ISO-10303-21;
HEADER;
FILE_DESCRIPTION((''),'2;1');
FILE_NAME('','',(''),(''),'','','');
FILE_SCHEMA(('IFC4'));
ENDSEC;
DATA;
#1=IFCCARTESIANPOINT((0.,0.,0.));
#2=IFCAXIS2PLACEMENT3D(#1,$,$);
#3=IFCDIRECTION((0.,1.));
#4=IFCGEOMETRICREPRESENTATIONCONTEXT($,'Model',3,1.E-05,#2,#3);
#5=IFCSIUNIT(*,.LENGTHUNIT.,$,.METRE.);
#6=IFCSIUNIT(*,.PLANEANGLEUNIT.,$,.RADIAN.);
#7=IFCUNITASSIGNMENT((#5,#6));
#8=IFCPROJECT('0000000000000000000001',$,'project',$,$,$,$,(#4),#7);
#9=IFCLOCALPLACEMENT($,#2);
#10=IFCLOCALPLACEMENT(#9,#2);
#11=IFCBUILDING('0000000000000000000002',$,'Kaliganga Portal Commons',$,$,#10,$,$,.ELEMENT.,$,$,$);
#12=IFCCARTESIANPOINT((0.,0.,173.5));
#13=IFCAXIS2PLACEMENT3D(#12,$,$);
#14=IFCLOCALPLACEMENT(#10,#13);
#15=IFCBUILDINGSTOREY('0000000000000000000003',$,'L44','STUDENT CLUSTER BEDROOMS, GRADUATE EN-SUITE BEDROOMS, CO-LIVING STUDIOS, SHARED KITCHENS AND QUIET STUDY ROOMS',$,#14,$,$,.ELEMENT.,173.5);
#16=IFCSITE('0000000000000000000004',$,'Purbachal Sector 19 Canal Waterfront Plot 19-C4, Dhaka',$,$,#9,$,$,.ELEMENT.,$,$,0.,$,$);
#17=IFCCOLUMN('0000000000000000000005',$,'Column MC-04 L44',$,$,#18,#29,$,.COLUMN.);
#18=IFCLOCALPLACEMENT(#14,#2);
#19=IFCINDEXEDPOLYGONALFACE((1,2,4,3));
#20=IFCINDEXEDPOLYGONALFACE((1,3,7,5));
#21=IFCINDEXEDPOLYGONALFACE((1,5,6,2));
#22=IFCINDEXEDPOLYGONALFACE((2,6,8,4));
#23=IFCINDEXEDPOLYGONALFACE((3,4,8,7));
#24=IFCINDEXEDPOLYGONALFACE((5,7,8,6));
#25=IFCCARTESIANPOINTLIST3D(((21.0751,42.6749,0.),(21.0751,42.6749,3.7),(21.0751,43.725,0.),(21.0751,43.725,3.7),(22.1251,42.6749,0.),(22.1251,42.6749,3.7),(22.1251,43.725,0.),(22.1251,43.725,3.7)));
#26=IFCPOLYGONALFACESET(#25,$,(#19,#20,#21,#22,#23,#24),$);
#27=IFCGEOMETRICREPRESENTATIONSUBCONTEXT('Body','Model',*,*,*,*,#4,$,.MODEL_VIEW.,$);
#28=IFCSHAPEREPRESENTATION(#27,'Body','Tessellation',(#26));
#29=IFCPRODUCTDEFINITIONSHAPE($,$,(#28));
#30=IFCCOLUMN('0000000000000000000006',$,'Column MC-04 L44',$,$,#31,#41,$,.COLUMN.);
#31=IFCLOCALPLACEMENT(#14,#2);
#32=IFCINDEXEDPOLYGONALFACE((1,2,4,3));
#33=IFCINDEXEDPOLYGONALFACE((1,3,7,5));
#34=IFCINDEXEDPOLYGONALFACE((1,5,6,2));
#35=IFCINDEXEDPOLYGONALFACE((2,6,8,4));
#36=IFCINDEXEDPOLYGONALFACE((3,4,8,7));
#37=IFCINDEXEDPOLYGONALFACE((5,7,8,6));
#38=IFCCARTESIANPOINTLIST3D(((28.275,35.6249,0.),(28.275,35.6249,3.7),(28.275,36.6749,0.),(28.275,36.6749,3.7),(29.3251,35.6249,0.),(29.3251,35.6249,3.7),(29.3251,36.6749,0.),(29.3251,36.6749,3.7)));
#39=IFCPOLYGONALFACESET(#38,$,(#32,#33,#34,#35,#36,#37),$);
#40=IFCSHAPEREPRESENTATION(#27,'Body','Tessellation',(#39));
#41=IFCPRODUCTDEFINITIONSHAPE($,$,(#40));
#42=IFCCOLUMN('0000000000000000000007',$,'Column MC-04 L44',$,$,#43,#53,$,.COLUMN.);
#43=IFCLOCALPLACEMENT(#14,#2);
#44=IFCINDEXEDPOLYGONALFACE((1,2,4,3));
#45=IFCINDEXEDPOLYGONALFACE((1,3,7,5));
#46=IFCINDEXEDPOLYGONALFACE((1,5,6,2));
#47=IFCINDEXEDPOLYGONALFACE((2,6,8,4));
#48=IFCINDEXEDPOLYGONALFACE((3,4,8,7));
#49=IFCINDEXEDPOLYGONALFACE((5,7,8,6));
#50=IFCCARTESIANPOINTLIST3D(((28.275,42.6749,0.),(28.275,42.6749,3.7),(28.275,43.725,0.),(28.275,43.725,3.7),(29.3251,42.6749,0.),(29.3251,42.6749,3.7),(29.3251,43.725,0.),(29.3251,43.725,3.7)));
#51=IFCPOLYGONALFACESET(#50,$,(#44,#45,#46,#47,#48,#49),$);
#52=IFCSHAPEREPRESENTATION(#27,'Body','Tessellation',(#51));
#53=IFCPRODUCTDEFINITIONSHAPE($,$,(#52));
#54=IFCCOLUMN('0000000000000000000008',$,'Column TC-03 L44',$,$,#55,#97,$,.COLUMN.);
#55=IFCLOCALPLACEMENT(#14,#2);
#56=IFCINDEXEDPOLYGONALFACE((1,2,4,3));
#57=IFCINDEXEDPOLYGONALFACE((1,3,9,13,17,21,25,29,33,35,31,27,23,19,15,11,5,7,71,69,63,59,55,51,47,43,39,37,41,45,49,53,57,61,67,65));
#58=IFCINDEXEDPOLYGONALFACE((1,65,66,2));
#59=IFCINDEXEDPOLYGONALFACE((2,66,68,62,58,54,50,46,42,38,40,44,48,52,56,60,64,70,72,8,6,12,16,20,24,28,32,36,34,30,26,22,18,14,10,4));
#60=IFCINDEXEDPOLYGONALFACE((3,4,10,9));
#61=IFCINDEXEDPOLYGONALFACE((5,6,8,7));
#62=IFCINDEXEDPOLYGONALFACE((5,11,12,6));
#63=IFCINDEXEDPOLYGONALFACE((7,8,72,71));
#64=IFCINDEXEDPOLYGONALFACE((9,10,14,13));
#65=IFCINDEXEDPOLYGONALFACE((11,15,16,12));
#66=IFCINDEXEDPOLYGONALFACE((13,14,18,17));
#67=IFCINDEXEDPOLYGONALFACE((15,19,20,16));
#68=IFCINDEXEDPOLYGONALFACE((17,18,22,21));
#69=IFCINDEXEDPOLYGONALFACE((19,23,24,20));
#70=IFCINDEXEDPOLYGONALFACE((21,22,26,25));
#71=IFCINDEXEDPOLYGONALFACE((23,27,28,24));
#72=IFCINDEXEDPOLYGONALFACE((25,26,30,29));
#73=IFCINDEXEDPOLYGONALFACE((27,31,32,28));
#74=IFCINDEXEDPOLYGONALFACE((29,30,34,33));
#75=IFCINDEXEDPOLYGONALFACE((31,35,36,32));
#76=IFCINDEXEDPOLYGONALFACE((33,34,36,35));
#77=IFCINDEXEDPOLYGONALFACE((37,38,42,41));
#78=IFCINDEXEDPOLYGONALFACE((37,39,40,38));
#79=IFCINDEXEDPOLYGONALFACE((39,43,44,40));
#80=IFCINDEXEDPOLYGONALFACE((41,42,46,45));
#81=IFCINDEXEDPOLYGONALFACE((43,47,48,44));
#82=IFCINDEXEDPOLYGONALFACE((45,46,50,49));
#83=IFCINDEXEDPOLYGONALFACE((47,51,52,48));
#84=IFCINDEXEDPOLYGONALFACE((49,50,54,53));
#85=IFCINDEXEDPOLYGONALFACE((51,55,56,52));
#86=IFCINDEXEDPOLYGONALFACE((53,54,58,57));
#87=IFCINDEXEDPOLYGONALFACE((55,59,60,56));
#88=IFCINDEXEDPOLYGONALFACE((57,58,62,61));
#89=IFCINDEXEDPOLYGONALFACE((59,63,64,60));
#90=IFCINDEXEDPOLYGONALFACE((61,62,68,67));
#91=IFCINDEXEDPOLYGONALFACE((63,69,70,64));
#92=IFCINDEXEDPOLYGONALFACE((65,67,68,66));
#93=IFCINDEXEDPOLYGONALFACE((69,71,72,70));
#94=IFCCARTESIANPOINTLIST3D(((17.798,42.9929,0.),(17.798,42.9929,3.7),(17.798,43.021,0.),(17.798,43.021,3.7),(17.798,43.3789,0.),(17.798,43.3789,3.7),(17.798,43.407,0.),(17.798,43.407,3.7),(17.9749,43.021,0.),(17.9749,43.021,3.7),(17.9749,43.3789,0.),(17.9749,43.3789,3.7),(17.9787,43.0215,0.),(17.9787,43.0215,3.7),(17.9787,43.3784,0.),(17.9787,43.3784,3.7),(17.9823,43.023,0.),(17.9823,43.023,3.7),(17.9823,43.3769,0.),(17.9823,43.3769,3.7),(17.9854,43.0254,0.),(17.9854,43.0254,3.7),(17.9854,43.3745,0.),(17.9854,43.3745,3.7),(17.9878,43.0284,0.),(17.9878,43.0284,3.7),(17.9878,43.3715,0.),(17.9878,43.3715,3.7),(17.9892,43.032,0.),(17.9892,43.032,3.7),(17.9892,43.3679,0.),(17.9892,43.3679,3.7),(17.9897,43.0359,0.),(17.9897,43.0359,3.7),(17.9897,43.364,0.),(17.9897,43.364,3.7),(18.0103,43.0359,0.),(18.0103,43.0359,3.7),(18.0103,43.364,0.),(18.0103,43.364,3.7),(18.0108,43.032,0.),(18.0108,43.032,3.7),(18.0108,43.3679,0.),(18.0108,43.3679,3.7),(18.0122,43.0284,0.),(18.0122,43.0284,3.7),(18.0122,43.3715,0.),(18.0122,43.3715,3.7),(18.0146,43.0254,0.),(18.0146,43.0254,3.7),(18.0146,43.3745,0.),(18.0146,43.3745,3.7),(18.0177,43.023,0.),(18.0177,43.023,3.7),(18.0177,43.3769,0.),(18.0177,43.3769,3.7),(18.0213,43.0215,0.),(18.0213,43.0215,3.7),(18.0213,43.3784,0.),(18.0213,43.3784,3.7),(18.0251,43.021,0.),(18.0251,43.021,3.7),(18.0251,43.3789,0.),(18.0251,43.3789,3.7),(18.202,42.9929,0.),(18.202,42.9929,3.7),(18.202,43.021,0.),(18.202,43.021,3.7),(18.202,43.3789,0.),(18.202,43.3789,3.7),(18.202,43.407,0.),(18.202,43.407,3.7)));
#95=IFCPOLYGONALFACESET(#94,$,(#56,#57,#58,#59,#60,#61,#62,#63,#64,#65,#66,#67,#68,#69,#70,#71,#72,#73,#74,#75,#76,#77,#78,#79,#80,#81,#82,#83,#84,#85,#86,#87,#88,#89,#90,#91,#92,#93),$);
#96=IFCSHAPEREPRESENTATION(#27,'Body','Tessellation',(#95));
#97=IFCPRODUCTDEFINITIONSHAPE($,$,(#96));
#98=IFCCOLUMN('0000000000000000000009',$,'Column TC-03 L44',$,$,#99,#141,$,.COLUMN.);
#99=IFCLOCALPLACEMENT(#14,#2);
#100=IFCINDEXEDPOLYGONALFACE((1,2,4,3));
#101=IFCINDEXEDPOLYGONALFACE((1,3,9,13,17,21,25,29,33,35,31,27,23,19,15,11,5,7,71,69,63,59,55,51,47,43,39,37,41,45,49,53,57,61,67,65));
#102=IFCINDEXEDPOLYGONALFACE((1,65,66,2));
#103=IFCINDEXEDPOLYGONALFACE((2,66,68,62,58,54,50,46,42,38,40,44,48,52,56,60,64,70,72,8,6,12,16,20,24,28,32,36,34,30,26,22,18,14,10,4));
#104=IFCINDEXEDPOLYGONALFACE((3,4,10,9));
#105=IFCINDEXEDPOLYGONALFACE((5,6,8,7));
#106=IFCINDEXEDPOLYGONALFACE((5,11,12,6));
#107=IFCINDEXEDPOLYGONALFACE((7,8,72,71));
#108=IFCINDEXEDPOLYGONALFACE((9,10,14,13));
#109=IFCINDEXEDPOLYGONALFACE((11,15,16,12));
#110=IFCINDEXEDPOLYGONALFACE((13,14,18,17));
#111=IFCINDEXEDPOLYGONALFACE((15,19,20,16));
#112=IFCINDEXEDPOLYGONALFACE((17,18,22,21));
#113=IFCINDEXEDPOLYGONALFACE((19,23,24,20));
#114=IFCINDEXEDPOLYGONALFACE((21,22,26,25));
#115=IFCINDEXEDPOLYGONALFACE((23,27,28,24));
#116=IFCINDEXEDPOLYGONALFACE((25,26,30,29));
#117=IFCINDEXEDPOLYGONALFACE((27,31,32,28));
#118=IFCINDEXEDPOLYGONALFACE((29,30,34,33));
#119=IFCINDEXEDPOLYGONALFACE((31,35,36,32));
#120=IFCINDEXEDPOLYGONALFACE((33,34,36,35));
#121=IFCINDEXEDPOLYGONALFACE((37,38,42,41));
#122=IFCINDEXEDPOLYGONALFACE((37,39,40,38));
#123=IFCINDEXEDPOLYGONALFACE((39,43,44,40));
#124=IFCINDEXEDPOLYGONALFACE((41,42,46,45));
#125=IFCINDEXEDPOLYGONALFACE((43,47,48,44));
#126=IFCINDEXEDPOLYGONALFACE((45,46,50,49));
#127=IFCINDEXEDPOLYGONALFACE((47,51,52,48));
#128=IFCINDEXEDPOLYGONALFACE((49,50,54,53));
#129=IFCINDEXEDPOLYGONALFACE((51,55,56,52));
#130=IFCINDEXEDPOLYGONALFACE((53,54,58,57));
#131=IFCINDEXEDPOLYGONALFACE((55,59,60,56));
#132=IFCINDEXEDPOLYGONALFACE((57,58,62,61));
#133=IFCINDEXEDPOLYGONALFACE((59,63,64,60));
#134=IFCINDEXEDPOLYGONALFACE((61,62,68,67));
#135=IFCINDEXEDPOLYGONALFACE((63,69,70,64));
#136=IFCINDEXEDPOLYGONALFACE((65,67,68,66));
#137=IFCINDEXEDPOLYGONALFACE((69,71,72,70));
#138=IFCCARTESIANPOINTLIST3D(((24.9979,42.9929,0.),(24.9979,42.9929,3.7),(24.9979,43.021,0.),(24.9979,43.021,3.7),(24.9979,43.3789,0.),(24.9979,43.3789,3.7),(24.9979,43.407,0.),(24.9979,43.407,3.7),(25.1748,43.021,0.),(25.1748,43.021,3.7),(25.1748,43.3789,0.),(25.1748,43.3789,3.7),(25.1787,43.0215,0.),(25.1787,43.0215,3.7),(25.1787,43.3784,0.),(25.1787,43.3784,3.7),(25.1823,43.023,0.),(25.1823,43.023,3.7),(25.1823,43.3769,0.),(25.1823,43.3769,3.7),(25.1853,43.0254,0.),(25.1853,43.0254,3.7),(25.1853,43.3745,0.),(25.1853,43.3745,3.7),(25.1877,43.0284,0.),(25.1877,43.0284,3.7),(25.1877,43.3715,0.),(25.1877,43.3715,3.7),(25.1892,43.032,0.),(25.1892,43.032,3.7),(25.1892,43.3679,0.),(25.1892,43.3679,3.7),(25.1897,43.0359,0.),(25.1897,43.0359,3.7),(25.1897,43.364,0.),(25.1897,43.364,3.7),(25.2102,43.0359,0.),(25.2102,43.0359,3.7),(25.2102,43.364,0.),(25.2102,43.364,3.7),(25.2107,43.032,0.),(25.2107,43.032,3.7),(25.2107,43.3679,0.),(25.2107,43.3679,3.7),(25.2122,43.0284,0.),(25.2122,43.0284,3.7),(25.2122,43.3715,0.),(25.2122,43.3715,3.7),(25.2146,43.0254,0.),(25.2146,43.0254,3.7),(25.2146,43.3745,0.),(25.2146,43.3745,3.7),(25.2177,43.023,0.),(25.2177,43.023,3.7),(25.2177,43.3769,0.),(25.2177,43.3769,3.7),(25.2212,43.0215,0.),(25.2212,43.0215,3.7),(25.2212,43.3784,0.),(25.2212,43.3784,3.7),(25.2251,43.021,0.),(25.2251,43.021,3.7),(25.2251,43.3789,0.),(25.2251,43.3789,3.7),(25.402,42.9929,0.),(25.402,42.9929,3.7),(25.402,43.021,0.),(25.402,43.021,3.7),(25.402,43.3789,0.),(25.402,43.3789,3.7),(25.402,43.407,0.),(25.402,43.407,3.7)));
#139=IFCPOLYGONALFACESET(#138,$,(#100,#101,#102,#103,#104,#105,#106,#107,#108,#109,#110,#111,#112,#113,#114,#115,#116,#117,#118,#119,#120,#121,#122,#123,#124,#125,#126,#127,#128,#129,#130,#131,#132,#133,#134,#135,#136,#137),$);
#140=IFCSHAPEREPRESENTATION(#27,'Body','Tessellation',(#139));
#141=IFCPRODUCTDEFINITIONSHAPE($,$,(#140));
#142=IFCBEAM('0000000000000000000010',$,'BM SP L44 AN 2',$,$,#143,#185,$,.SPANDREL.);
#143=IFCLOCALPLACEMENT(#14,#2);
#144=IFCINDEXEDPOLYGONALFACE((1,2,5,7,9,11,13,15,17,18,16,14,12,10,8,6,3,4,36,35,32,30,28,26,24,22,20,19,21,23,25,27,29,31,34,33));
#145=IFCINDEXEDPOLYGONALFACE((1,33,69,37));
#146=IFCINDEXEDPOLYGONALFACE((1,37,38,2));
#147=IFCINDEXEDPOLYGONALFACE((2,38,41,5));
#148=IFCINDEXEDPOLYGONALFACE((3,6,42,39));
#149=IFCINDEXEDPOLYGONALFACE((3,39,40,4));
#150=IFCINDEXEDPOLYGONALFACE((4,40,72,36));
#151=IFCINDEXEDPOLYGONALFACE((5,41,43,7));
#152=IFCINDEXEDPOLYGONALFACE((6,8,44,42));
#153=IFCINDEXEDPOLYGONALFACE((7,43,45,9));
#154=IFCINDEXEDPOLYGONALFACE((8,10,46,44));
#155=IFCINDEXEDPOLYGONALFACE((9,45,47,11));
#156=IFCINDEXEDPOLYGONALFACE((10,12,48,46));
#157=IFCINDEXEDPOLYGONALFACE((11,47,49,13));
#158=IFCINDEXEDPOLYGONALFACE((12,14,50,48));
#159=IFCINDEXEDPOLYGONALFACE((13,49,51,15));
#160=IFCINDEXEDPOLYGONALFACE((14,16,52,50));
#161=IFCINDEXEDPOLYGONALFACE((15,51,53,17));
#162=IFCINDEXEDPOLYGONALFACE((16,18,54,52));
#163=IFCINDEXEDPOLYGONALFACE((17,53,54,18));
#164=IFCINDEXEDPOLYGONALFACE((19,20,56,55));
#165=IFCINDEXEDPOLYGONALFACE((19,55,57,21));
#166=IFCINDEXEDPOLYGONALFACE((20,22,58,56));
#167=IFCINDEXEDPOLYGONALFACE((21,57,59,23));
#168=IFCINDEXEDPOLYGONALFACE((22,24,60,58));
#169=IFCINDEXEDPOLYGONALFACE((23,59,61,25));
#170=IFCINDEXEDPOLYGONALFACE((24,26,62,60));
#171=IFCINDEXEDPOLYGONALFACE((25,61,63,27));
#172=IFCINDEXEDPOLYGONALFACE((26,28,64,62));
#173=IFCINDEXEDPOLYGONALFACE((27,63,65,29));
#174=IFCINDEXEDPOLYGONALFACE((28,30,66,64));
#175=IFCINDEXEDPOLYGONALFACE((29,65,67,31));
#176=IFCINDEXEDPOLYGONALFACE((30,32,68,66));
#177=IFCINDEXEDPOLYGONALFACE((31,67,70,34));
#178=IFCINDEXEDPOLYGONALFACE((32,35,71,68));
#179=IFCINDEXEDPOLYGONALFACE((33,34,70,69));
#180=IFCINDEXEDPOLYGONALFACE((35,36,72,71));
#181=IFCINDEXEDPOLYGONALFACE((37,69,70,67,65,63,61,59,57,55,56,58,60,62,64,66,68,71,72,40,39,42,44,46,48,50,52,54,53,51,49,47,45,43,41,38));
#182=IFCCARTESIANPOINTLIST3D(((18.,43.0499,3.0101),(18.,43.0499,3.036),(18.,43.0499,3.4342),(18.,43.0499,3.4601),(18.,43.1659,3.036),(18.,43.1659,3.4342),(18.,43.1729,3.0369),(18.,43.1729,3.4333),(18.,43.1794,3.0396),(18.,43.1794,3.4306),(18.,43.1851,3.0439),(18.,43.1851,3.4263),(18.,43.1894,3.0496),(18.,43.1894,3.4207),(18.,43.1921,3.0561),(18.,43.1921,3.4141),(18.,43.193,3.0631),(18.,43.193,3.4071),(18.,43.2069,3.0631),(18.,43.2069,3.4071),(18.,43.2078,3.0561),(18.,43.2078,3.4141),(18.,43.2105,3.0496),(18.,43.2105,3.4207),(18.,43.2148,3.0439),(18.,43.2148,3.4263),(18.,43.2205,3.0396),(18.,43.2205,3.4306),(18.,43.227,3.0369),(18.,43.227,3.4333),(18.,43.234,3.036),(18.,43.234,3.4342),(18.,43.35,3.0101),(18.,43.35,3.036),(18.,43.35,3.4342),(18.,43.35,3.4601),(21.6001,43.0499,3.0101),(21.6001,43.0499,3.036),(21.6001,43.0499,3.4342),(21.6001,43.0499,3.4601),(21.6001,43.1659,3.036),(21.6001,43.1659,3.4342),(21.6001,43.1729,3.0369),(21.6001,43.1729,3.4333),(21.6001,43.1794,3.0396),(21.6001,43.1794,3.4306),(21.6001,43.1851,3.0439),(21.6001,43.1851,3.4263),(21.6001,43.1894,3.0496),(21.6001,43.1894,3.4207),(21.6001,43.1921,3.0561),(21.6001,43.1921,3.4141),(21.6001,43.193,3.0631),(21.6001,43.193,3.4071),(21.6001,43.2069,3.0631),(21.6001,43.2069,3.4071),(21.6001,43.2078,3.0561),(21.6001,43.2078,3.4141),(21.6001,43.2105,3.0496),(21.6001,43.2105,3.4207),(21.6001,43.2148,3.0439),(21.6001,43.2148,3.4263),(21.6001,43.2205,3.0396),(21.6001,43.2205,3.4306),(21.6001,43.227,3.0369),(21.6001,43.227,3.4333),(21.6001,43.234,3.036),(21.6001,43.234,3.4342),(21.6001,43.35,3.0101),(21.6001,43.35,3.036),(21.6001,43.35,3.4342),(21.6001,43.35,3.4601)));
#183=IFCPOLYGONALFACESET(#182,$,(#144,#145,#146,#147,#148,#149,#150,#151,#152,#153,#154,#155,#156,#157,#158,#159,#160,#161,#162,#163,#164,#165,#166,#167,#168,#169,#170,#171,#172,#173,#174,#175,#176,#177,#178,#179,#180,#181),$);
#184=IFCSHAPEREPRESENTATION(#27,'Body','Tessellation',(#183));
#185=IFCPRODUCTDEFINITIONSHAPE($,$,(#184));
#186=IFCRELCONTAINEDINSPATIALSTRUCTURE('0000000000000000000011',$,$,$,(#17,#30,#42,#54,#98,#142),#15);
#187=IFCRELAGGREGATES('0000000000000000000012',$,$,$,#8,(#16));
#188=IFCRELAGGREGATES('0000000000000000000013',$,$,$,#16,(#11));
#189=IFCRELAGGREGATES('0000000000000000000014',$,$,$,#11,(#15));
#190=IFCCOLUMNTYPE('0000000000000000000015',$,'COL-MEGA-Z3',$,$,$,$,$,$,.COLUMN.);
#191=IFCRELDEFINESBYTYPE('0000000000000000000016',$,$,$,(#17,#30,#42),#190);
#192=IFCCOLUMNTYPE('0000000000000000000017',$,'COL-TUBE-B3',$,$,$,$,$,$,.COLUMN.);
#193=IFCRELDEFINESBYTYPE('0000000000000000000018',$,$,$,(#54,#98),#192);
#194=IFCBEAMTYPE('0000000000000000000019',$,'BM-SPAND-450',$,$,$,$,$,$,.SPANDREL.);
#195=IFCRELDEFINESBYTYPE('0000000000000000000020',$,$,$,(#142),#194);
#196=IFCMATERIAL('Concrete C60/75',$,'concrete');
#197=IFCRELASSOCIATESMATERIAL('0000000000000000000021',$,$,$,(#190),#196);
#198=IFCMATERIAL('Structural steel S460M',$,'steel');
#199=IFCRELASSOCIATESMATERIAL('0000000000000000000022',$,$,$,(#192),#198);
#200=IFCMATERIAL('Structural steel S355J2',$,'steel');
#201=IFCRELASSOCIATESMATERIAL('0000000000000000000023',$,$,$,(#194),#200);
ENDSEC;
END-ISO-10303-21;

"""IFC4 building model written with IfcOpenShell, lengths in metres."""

from ifc_helpers import new_model, si_unit, direction, frame, origin, origin_2d, place, context, subcontext, project, spatial, rectangle, i_section, extrude, source, transform, mapped, material, material_profile, profile_set, type_object, element, save


model = new_model("IFC4")

# Units and contexts
model_context = context("Model", 3, precision=1e-05, world=origin(), true_north=direction((0.0, 1.0)))
body_context = subcontext(model_context, "Body", "Model", "MODEL_VIEW")
ifc_project = project(units=[si_unit("LENGTHUNIT", "METRE"), si_unit("PLANEANGLEUNIT", "RADIAN")], contexts=[model_context])

# Site, building, storey
site_placement = place(None, origin())
site = spatial("IfcSite", under=ifc_project, at=site_placement, Name="Purbachal Sector 19 Canal Waterfront Plot 19-C4, Dhaka", CompositionType="ELEMENT", RefElevation=0.0)
building_placement = place(site_placement, origin())
building = spatial("IfcBuilding", under=site, at=building_placement, Name="Kaliganga Portal Commons", CompositionType="ELEMENT")
storey_placement = place(building_placement, frame((0.0, 0.0, 173.5)))
storey = spatial("IfcBuildingStorey", under=building, at=storey_placement, Name="L44", Description="STUDENT CLUSTER BEDROOMS, GRADUATE EN-SUITE BEDROOMS, CO-LIVING STUDIOS, SHARED KITCHENS AND QUIET STUDY ROOMS", CompositionType="ELEMENT", Elevation=173.5)

# Columns
ifc_material_1 = material(Name="Concrete C60/75", Category="concrete")
ifc_material_profile_1 = material_profile(ifc_material_1, rectangle(XDim=1.05, YDim=1.05, at=origin_2d()), Name="RC 1050x1050")
ifc_profile_set_1 = profile_set([ifc_material_profile_1], Name="Concrete C60/75")
column_type_1 = type_object("IfcColumnType", Name="COL-MEGA-Z3", PredefinedType="COLUMN", material=ifc_profile_set_1)
shared_shape_1 = source(origin(), body_context, "Body", "SweptSolid", [
    extrude(rectangle(XDim=1.05, YDim=1.05, at=origin_2d()), origin(), (0.0, 0.0, 1.0), 3.7),
])
for number, where, z_axis, x_axis, name in (
    (1, (21.6001, 43.2, 0.0), (0.0, 0.0, 1.0), (1.0, 0.0, 0.0), "Column MC-04 L44"),
    (2, (28.8, 36.1499, 0.0), (0.0, 0.0, 1.0), (1.0, 0.0, 0.0), "Column MC-04 L44"),
    (3, (28.8, 43.2, 0.0), (0.0, 0.0, 1.0), (1.0, 0.0, 0.0), "Column MC-04 L44"),
):
    element("IfcColumn", number, at=place(storey_placement, frame(where, z_axis=z_axis, x_axis=x_axis)), inside=storey, type_object=column_type_1, Name=name, PredefinedType="COLUMN", context=body_context, shape_type="MappedRepresentation", body=[
        mapped(shared_shape_1, transform((0.0, 0.0, 0.0), x_axis=(1.0, 0.0, 0.0), y_axis=(0.0, 1.0, 0.0), z_axis=(0.0, 0.0, 1.0), scale=1.0)),
    ])
ifc_material_2 = material(Name="Structural steel S460M", Category="steel")
ifc_material_profile_2 = material_profile(ifc_material_2, i_section(OverallWidth=0.4041, OverallDepth=0.4141, WebThickness=0.0205, FlangeThickness=0.0281, FilletRadius=0.0149, at=origin_2d()), Name="HD 400x347")
ifc_profile_set_2 = profile_set([ifc_material_profile_2], Name="Structural steel S460M wide-flange")
column_type_2 = type_object("IfcColumnType", Name="COL-TUBE-B3", PredefinedType="COLUMN", material=ifc_profile_set_2)
shared_shape_2 = source(origin(), body_context, "Body", "SweptSolid", [
    extrude(i_section(OverallWidth=0.4041, OverallDepth=0.4141, WebThickness=0.0205, FlangeThickness=0.0281, FilletRadius=0.0149, at=origin_2d()), origin(), (0.0, 0.0, 1.0), 3.7),
])
for number, where, z_axis, x_axis, name in (
    (4, (18.0, 43.2, 0.0), (0.0, 0.0, 1.0), (1.0, 0.0, 0.0), "Column TC-03 L44"),
    (5, (25.2, 43.2, 0.0), (0.0, 0.0, 1.0), (1.0, 0.0, 0.0), "Column TC-03 L44"),
):
    element("IfcColumn", number, at=place(storey_placement, frame(where, z_axis=z_axis, x_axis=x_axis)), inside=storey, type_object=column_type_2, Name=name, PredefinedType="COLUMN", context=body_context, shape_type="MappedRepresentation", body=[
        mapped(shared_shape_2, transform((0.0, 0.0, 0.0), x_axis=(1.0, 0.0, 0.0), y_axis=(0.0, 1.0, 0.0), z_axis=(0.0, 0.0, 1.0), scale=1.0)),
    ])

# Beam
ifc_material_3 = material(Name="Structural steel S355J2", Category="steel")
ifc_material_profile_3 = material_profile(ifc_material_3, i_section(OverallWidth=0.3, OverallDepth=0.45, WebThickness=0.0139, FlangeThickness=0.0259, FilletRadius=0.0271, at=origin_2d()), Name="HE 450 B")
ifc_profile_set_3 = profile_set([ifc_material_profile_3], Name="Structural steel S355J2 wide-flange")
beam_type_1 = type_object("IfcBeamType", Name="BM-SPAND-450", PredefinedType="SPANDREL", material=ifc_profile_set_3)
shared_shape_3 = source(origin(), body_context, "Body", "SweptSolid", [
    extrude(i_section(OverallWidth=0.3, OverallDepth=0.45, WebThickness=0.0139, FlangeThickness=0.0259, FilletRadius=0.0271, at=origin_2d()), origin(), (0.0, 0.0, 1.0), 3.6001),
])
for number, where, z_axis, x_axis, name in (
    (6, (18.0, 43.2, 3.2351), (1.0, 0.0, 0.0), (0.0, 1.0, 0.0), "BM SP L44 AN 2"),
):
    element("IfcBeam", number, at=place(storey_placement, frame(where, z_axis=z_axis, x_axis=x_axis)), inside=storey, type_object=beam_type_1, Name=name, PredefinedType="SPANDREL", context=body_context, shape_type="MappedRepresentation", body=[
        mapped(shared_shape_3, transform((0.0, 0.0, 0.0), x_axis=(1.0, 0.0, 0.0), y_axis=(0.0, 1.0, 0.0), z_axis=(0.0, 0.0, 1.0), scale=1.0)),
    ])

save(model, "model.ifc")
